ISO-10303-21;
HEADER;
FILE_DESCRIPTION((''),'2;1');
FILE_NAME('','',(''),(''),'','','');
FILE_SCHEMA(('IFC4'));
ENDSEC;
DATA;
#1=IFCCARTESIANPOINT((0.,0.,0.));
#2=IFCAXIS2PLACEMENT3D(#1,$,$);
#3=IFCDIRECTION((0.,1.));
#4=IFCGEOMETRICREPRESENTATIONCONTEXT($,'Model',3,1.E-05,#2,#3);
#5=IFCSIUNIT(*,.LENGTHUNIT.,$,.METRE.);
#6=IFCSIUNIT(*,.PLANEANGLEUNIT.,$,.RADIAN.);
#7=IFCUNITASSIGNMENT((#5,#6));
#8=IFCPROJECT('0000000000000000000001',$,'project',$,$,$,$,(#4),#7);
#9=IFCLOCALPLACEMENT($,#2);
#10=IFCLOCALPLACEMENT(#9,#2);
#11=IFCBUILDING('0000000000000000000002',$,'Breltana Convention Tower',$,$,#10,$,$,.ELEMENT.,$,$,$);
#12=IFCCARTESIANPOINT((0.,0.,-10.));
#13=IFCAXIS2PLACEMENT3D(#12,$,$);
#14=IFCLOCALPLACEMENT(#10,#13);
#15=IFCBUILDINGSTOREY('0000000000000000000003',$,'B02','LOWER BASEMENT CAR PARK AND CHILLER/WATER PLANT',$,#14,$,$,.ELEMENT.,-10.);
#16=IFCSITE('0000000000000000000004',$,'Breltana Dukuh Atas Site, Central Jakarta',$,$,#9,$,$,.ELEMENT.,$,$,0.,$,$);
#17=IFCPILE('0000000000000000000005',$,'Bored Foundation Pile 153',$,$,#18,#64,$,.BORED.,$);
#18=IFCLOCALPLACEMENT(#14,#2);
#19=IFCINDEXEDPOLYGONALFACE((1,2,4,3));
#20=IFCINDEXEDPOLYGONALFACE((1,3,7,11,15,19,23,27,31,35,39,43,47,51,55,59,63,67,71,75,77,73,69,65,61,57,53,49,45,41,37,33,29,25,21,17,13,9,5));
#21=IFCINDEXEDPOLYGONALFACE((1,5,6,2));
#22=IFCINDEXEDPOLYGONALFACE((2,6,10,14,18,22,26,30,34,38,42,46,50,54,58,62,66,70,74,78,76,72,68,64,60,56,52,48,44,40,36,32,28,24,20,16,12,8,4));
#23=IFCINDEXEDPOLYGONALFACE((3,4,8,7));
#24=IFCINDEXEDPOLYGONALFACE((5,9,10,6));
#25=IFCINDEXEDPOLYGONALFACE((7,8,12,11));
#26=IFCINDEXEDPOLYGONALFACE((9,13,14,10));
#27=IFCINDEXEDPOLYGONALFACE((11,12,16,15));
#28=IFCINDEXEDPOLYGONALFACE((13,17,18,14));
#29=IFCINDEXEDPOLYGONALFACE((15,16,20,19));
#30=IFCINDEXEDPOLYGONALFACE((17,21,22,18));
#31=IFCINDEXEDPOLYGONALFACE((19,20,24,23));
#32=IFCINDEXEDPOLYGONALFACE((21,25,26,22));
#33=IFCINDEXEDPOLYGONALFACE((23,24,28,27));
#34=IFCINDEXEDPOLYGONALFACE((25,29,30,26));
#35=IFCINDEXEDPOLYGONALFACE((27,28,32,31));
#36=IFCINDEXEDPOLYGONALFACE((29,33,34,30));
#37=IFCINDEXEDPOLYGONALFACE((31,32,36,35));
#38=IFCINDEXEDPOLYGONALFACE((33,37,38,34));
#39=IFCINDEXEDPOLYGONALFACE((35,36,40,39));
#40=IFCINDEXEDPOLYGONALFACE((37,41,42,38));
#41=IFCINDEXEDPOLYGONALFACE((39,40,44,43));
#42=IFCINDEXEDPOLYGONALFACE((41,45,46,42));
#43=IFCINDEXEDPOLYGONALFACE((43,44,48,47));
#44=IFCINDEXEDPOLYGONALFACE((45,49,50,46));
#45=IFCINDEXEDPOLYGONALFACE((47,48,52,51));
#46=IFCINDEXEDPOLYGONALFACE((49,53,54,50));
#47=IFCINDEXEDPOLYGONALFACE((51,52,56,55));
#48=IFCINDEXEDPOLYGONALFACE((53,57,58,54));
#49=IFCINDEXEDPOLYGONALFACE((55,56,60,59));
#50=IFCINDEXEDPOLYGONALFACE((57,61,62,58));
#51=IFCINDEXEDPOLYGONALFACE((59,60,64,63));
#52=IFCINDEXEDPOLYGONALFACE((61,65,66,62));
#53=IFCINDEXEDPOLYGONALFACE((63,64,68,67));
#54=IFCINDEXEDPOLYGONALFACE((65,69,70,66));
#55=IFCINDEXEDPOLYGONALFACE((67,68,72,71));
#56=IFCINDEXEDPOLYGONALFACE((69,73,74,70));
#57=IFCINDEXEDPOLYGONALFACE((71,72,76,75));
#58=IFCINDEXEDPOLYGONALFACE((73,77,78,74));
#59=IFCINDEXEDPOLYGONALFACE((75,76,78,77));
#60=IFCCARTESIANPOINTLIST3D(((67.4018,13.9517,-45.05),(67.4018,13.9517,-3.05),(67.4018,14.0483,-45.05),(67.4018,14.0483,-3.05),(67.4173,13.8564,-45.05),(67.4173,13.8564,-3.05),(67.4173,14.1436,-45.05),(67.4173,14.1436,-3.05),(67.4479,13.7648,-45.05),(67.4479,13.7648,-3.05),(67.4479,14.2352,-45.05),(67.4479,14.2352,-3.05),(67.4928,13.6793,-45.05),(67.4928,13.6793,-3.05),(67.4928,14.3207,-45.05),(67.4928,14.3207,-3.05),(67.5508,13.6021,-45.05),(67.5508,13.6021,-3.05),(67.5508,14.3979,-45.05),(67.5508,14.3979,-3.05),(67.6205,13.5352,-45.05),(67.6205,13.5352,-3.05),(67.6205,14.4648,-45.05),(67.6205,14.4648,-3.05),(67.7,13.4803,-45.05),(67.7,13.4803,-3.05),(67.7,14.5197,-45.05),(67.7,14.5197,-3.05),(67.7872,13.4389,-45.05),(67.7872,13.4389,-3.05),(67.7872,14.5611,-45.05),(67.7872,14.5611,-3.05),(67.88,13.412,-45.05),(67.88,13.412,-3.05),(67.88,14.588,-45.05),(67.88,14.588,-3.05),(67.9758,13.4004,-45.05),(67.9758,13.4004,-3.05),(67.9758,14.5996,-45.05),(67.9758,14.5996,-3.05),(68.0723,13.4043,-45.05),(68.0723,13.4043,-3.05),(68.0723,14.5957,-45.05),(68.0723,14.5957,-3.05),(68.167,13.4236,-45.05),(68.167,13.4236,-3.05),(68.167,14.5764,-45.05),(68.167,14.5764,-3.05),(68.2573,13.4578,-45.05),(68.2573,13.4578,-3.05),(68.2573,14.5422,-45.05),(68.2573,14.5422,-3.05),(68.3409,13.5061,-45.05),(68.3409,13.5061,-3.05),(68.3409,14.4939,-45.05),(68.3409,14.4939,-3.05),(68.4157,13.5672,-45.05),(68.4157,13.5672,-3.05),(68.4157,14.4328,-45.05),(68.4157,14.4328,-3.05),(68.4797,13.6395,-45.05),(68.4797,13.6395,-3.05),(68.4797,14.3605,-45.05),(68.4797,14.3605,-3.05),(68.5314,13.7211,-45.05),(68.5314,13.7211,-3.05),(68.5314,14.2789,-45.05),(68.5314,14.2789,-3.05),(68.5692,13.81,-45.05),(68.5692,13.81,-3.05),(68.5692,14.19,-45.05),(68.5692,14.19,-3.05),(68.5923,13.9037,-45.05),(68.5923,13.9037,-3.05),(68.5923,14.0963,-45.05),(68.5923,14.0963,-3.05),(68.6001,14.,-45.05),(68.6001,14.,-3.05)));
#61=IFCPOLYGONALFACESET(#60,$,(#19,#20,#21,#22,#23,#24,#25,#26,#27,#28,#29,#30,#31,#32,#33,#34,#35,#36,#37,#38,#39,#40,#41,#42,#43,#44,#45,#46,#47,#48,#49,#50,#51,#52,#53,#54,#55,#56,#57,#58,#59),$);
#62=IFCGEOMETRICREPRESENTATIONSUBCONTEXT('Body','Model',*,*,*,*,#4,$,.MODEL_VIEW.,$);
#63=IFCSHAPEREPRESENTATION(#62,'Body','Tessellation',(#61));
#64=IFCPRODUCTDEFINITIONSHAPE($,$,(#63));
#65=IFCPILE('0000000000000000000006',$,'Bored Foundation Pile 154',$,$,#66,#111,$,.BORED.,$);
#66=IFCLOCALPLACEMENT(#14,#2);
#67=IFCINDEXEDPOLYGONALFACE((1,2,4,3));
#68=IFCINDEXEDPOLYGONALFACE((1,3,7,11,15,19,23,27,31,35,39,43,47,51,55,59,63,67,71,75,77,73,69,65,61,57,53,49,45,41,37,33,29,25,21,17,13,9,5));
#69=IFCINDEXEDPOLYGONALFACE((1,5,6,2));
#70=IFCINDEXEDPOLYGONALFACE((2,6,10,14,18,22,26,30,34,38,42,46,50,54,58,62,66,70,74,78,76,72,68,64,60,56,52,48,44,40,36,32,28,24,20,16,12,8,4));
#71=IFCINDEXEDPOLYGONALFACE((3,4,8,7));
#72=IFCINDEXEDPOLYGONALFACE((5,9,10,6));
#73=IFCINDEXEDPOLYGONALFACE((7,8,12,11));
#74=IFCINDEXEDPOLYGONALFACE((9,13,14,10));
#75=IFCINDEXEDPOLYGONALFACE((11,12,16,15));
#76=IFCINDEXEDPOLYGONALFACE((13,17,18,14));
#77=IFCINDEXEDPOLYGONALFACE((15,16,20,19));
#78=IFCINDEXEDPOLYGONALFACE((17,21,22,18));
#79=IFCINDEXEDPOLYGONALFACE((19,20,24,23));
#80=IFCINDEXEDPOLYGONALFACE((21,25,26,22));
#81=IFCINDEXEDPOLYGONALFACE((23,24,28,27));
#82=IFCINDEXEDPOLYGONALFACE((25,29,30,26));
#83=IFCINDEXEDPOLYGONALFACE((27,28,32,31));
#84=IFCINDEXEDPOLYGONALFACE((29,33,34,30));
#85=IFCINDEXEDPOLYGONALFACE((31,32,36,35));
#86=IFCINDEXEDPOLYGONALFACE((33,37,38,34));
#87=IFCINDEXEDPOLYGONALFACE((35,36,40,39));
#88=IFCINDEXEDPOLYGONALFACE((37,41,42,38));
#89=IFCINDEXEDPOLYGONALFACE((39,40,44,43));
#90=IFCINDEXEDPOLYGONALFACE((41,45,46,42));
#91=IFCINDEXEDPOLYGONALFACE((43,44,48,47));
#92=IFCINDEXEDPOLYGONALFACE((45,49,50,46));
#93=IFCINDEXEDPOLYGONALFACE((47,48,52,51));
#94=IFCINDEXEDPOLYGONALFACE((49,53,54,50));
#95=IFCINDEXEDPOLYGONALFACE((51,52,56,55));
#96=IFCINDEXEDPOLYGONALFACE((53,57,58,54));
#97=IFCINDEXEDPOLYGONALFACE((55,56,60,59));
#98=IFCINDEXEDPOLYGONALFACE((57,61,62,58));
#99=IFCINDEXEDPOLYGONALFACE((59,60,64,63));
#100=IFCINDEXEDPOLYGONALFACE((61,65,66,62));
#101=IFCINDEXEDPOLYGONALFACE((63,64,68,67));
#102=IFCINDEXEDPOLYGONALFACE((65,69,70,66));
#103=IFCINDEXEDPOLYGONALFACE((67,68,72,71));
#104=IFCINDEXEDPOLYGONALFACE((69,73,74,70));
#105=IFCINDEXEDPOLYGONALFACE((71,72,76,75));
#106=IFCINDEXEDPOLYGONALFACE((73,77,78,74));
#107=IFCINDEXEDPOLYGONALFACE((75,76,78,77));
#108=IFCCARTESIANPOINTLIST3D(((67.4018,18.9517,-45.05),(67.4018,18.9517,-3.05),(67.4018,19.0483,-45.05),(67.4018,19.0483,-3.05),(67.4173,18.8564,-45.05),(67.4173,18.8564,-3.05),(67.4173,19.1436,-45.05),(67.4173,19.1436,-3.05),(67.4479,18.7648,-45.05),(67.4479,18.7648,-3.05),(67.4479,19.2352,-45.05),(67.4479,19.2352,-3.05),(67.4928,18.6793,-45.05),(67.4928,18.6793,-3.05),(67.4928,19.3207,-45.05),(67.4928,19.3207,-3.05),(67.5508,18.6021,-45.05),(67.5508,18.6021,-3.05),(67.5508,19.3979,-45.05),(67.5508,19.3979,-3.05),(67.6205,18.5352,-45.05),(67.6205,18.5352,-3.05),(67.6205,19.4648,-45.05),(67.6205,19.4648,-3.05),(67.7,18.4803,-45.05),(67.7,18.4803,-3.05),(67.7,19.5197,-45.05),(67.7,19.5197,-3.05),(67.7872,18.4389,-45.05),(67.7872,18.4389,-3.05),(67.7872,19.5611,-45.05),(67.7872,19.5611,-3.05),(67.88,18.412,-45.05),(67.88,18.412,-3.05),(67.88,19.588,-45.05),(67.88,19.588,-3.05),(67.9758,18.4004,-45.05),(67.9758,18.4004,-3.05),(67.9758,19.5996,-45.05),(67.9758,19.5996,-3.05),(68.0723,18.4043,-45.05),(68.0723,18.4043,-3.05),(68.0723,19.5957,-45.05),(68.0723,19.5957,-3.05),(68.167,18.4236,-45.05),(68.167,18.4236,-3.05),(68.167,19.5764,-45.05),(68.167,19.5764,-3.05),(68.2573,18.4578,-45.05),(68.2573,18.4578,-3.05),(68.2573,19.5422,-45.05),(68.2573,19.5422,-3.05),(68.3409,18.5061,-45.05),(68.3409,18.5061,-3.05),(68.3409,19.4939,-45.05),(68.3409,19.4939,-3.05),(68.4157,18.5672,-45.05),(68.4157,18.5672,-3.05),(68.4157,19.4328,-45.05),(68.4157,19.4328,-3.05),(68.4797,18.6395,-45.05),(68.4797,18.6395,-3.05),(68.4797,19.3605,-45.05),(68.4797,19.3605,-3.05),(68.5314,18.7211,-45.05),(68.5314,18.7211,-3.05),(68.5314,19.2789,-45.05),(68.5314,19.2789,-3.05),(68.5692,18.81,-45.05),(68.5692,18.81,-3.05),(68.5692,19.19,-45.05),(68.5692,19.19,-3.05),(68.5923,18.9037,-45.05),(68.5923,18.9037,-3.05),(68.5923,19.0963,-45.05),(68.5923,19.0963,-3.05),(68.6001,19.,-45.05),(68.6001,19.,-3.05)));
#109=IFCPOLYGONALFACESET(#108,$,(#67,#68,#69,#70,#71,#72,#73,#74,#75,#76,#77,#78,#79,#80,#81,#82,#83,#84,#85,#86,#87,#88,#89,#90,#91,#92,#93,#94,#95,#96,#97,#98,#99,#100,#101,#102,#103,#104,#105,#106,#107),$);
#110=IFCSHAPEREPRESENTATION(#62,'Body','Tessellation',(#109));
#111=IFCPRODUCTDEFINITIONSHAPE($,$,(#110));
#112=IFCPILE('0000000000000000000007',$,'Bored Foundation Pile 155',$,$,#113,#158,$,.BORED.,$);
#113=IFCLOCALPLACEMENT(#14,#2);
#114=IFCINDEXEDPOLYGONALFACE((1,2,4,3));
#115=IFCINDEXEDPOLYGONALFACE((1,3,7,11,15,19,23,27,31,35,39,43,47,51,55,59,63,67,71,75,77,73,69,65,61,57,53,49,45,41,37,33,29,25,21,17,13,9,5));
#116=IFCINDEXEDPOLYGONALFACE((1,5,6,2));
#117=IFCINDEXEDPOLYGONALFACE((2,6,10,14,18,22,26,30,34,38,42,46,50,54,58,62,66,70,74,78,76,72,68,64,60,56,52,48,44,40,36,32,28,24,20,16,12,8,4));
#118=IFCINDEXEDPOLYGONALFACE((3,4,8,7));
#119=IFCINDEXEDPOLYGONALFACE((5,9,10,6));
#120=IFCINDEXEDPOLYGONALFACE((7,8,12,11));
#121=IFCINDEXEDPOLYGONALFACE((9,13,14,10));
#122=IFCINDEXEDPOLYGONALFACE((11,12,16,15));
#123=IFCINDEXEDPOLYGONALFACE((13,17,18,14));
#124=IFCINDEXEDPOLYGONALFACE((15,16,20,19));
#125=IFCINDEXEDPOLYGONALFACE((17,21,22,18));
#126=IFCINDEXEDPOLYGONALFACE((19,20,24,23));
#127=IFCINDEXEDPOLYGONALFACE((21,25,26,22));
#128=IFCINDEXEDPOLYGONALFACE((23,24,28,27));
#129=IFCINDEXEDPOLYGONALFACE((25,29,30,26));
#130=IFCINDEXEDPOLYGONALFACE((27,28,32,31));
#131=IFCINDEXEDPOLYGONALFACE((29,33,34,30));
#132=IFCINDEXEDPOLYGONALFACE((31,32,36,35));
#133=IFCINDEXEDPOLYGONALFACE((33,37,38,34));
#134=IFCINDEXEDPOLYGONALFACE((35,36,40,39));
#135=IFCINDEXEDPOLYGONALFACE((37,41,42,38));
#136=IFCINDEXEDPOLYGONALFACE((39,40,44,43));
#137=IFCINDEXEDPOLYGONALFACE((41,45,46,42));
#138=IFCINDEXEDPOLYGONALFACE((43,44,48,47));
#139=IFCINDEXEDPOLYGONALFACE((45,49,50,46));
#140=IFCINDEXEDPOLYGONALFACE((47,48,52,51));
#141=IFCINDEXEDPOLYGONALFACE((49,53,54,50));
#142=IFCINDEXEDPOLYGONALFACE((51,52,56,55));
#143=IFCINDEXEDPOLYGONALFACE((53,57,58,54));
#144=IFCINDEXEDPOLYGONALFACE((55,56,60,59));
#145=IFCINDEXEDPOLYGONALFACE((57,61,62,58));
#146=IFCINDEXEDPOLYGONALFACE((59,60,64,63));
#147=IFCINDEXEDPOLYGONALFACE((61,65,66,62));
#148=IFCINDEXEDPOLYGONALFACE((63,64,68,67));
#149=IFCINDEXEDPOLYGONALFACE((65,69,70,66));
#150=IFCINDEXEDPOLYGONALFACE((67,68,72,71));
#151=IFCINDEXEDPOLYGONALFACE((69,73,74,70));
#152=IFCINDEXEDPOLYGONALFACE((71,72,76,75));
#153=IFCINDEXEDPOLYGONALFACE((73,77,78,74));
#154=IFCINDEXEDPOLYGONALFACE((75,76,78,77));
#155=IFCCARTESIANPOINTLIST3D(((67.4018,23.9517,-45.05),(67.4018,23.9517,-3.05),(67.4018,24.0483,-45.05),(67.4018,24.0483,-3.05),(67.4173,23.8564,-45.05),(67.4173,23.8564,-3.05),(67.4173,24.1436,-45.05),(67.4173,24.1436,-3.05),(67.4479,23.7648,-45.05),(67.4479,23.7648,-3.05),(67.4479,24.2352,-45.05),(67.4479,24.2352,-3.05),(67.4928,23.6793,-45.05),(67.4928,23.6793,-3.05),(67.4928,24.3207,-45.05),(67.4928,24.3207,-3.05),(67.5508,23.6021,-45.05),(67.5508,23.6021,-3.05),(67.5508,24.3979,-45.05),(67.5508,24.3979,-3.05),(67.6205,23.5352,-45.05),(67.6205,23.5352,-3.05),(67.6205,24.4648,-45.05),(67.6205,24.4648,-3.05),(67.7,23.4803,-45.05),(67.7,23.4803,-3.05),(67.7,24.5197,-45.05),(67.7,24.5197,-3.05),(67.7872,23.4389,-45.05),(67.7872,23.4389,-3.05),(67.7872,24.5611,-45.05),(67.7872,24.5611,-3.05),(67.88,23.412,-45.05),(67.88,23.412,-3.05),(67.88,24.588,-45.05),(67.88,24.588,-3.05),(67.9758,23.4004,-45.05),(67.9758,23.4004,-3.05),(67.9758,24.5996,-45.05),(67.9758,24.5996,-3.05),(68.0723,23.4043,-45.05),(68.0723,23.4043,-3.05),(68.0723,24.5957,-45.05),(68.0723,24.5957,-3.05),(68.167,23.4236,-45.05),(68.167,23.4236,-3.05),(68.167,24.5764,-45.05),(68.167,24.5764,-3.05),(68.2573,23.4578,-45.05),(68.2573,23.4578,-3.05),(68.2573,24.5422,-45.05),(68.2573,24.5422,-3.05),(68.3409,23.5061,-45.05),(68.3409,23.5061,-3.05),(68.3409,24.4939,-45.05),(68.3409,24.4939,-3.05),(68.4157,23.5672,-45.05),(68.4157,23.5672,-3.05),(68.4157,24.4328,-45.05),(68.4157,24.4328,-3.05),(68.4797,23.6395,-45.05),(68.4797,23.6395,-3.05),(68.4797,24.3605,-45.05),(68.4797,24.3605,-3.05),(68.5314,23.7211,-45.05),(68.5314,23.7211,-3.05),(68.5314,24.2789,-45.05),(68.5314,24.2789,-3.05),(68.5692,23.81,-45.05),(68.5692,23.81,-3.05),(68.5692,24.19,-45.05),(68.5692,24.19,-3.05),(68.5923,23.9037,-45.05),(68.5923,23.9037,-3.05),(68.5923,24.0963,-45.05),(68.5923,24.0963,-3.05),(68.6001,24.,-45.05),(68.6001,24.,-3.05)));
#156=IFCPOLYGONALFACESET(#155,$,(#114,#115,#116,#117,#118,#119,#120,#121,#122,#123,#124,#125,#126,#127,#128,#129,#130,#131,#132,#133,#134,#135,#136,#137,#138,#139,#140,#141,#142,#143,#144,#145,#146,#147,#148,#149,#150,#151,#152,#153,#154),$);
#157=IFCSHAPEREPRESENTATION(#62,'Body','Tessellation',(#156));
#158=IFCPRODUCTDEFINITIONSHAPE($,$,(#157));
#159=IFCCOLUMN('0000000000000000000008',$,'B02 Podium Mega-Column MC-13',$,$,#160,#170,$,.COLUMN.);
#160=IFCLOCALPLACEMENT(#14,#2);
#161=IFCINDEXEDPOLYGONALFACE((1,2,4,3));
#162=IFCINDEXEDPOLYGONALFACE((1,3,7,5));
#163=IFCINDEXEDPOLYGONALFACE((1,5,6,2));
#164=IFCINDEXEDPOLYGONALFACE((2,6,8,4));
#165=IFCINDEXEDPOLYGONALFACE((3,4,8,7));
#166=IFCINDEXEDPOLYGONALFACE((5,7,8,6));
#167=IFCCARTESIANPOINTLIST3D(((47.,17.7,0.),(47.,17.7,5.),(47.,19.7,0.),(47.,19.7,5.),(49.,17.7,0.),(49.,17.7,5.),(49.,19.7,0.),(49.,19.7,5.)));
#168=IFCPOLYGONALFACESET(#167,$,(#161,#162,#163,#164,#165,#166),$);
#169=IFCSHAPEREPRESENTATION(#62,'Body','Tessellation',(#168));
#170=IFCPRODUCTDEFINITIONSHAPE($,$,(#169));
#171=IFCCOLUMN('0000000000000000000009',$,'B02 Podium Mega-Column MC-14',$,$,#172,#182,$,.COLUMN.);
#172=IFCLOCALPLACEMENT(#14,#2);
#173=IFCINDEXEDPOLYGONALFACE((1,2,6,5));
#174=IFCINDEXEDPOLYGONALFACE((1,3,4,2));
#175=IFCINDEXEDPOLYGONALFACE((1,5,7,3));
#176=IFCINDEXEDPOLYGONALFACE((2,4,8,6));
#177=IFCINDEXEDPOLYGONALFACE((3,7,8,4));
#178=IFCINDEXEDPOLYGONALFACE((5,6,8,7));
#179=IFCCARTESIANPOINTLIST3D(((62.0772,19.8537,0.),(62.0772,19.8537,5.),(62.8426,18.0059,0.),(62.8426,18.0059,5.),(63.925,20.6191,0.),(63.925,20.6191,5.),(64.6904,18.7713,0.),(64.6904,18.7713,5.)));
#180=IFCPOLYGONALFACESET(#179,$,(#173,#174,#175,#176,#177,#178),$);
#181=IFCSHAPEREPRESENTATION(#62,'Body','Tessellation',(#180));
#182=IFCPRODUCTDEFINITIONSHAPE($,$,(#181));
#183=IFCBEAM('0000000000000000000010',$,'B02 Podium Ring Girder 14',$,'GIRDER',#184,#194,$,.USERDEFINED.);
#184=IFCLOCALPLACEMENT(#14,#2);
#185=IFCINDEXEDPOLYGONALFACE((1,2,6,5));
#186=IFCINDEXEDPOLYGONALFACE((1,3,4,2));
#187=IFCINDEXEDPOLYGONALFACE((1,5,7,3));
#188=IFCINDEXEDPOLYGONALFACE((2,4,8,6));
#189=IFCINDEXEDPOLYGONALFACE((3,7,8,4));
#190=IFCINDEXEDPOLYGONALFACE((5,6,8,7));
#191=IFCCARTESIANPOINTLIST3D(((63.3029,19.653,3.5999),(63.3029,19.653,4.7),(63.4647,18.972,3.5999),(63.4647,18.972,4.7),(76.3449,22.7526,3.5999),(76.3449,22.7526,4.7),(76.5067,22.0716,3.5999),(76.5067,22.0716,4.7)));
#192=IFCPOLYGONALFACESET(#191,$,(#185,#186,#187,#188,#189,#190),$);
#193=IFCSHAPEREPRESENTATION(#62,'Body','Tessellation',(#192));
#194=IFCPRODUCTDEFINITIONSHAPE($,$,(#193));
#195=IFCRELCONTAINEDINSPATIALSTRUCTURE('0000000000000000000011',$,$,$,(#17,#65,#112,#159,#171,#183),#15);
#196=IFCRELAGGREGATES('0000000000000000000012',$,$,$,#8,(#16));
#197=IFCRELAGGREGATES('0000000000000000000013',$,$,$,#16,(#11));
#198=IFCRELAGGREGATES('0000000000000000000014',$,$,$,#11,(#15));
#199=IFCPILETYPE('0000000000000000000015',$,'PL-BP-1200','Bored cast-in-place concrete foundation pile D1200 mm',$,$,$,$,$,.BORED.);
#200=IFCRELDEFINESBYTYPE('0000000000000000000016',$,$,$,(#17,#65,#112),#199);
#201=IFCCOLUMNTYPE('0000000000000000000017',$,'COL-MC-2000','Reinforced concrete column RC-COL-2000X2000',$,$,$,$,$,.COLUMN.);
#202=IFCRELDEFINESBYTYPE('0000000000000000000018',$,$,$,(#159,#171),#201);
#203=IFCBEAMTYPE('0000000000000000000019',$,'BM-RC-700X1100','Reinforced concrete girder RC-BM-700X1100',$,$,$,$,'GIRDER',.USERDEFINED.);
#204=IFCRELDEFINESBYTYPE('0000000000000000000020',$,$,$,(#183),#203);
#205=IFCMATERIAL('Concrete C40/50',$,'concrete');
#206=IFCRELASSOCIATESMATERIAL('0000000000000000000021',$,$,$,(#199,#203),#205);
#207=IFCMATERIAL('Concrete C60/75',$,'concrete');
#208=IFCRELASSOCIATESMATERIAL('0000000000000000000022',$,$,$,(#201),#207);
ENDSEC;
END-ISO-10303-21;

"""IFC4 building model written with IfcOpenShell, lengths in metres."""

from ifc_helpers import new_model, si_unit, direction, frame, origin, origin_2d, place, context, subcontext, project, spatial, rectangle, circle, extrude, source, transform, mapped, material, material_profile, profile_set, type_object, type_shapes, element, save


model = new_model("IFC4")

# Units and contexts
model_context = context("Model", 3, precision=1e-05, world=origin(), true_north=direction((0.0, 1.0)))
body_context = subcontext(model_context, "Body", "Model", "MODEL_VIEW")
ifc_project = project(units=[si_unit("LENGTHUNIT", "METRE"), si_unit("PLANEANGLEUNIT", "RADIAN")], contexts=[model_context])

# Site, building, storey
site_placement = place(None, origin())
site = spatial("IfcSite", under=ifc_project, at=site_placement, Name="Breltana Dukuh Atas Site, Central Jakarta", CompositionType="ELEMENT", RefElevation=0.0)
building_placement = place(site_placement, origin())
building = spatial("IfcBuilding", under=site, at=building_placement, Name="Breltana Convention Tower", CompositionType="ELEMENT")
storey_placement = place(building_placement, frame((0.0, 0.0, -10.0)))
storey = spatial("IfcBuildingStorey", under=building, at=storey_placement, Name="B02", Description="LOWER BASEMENT CAR PARK AND CHILLER/WATER PLANT", CompositionType="ELEMENT", Elevation=-10.0)

# Piles
ifc_material_1 = material(Name="Concrete C40/50", Category="concrete")
ifc_material_profile_1 = material_profile(ifc_material_1, circle(Radius=0.6001, at=origin_2d()), Name="BP-D1200")
ifc_profile_set_1 = profile_set([ifc_material_profile_1], Name="Concrete C40/50")
pile_type = type_object("IfcPileType", Name="PL-BP-1200", Description="Bored cast-in-place concrete foundation pile D1200 mm", PredefinedType="BORED", material=ifc_profile_set_1)
shared_shape_1 = source(origin(), body_context, "Body", "SweptSolid", [
    extrude(circle(Radius=0.6001, at=origin_2d()), origin(), (0.0, 0.0, 1.0), 42.0),
])
type_shapes(pile_type, [shared_shape_1])
for number, where, z_axis, x_axis, name in (
    (1, (68.0, 14.0, -3.05), (0.0, 0.0, -1.0), (1.0, 0.0, 0.0), "Bored Foundation Pile 153"),
    (2, (68.0, 19.0, -3.05), (0.0, 0.0, -1.0), (1.0, 0.0, 0.0), "Bored Foundation Pile 154"),
    (3, (68.0, 24.0, -3.05), (0.0, 0.0, -1.0), (1.0, 0.0, 0.0), "Bored Foundation Pile 155"),
):
    element("IfcPile", number, at=place(storey_placement, frame(where, z_axis=z_axis, x_axis=x_axis)), inside=storey, type_object=pile_type, Name=name, PredefinedType="BORED", context=body_context, shape_type="MappedRepresentation", body=[
        mapped(shared_shape_1, transform((0.0, 0.0, 0.0), scale=1.0)),
    ])

# Columns
ifc_material_2 = material(Name="Concrete C60/75", Category="concrete")
ifc_material_profile_2 = material_profile(ifc_material_2, rectangle(XDim=2.0, YDim=2.0, at=origin_2d()), Name="RC-COL-2000X2000")
ifc_profile_set_2 = profile_set([ifc_material_profile_2], Name="Concrete C60/75")
column_type = type_object("IfcColumnType", Name="COL-MC-2000", Description="Reinforced concrete column RC-COL-2000X2000", PredefinedType="COLUMN", material=ifc_profile_set_2)
shared_shape_2 = source(origin(), body_context, "Body", "SweptSolid", [
    extrude(rectangle(XDim=2.0, YDim=2.0, at=origin_2d()), origin(), (0.0, 0.0, 1.0), 5.0),
])
type_shapes(column_type, [shared_shape_2])
for number, where, z_axis, x_axis, name in (
    (4, (48.0, 18.7, 0.0), (0.0, 0.0, 1.0), (0.0, -1.0, 0.0), "B02 Podium Mega-Column MC-13"),
    (5, (63.3838, 19.3125, 0.0), (0.0, 0.0, 1.0), (0.382683, -0.92388, 0.0), "B02 Podium Mega-Column MC-14"),
):
    element("IfcColumn", number, at=place(storey_placement, frame(where, z_axis=z_axis, x_axis=x_axis)), inside=storey, type_object=column_type, Name=name, PredefinedType="COLUMN", context=body_context, shape_type="MappedRepresentation", body=[
        mapped(shared_shape_2, transform((0.0, 0.0, 0.0), scale=1.0)),
    ])

# Beam
ifc_material_profile_3 = material_profile(ifc_material_1, rectangle(XDim=0.7, YDim=1.1001, at=origin_2d()), Name="RC-BM-700X1100")
ifc_profile_set_3 = profile_set([ifc_material_profile_3], Name="Concrete C40/50")
beam_type_1 = type_object("IfcBeamType", Name="BM-RC-700X1100", Description="Reinforced concrete girder RC-BM-700X1100", ElementType="GIRDER", PredefinedType="USERDEFINED", material=ifc_profile_set_3)
shared_shape_3 = source(origin(), body_context, "Body", "SweptSolid", [
    extrude(rectangle(XDim=0.7, YDim=1.1001, at=origin_2d()), origin(), (0.0, 0.0, 1.0), 13.4053),
])
beam_1_placement = place(storey_placement, frame((63.3838, 19.3125, 4.1499), z_axis=(0.972901, 0.231223, 0.0), x_axis=(-0.231223, 0.972901, 0.0)))
element("IfcBeam", 6, at=beam_1_placement, inside=storey, type_object=beam_type_1, Name="B02 Podium Ring Girder 14", ObjectType="GIRDER", PredefinedType="USERDEFINED", context=body_context, shape_type="MappedRepresentation", body=[
    mapped(shared_shape_3, transform((0.0, 0.0, 0.0), scale=1.0)),
])

save(model, "model.ifc")
